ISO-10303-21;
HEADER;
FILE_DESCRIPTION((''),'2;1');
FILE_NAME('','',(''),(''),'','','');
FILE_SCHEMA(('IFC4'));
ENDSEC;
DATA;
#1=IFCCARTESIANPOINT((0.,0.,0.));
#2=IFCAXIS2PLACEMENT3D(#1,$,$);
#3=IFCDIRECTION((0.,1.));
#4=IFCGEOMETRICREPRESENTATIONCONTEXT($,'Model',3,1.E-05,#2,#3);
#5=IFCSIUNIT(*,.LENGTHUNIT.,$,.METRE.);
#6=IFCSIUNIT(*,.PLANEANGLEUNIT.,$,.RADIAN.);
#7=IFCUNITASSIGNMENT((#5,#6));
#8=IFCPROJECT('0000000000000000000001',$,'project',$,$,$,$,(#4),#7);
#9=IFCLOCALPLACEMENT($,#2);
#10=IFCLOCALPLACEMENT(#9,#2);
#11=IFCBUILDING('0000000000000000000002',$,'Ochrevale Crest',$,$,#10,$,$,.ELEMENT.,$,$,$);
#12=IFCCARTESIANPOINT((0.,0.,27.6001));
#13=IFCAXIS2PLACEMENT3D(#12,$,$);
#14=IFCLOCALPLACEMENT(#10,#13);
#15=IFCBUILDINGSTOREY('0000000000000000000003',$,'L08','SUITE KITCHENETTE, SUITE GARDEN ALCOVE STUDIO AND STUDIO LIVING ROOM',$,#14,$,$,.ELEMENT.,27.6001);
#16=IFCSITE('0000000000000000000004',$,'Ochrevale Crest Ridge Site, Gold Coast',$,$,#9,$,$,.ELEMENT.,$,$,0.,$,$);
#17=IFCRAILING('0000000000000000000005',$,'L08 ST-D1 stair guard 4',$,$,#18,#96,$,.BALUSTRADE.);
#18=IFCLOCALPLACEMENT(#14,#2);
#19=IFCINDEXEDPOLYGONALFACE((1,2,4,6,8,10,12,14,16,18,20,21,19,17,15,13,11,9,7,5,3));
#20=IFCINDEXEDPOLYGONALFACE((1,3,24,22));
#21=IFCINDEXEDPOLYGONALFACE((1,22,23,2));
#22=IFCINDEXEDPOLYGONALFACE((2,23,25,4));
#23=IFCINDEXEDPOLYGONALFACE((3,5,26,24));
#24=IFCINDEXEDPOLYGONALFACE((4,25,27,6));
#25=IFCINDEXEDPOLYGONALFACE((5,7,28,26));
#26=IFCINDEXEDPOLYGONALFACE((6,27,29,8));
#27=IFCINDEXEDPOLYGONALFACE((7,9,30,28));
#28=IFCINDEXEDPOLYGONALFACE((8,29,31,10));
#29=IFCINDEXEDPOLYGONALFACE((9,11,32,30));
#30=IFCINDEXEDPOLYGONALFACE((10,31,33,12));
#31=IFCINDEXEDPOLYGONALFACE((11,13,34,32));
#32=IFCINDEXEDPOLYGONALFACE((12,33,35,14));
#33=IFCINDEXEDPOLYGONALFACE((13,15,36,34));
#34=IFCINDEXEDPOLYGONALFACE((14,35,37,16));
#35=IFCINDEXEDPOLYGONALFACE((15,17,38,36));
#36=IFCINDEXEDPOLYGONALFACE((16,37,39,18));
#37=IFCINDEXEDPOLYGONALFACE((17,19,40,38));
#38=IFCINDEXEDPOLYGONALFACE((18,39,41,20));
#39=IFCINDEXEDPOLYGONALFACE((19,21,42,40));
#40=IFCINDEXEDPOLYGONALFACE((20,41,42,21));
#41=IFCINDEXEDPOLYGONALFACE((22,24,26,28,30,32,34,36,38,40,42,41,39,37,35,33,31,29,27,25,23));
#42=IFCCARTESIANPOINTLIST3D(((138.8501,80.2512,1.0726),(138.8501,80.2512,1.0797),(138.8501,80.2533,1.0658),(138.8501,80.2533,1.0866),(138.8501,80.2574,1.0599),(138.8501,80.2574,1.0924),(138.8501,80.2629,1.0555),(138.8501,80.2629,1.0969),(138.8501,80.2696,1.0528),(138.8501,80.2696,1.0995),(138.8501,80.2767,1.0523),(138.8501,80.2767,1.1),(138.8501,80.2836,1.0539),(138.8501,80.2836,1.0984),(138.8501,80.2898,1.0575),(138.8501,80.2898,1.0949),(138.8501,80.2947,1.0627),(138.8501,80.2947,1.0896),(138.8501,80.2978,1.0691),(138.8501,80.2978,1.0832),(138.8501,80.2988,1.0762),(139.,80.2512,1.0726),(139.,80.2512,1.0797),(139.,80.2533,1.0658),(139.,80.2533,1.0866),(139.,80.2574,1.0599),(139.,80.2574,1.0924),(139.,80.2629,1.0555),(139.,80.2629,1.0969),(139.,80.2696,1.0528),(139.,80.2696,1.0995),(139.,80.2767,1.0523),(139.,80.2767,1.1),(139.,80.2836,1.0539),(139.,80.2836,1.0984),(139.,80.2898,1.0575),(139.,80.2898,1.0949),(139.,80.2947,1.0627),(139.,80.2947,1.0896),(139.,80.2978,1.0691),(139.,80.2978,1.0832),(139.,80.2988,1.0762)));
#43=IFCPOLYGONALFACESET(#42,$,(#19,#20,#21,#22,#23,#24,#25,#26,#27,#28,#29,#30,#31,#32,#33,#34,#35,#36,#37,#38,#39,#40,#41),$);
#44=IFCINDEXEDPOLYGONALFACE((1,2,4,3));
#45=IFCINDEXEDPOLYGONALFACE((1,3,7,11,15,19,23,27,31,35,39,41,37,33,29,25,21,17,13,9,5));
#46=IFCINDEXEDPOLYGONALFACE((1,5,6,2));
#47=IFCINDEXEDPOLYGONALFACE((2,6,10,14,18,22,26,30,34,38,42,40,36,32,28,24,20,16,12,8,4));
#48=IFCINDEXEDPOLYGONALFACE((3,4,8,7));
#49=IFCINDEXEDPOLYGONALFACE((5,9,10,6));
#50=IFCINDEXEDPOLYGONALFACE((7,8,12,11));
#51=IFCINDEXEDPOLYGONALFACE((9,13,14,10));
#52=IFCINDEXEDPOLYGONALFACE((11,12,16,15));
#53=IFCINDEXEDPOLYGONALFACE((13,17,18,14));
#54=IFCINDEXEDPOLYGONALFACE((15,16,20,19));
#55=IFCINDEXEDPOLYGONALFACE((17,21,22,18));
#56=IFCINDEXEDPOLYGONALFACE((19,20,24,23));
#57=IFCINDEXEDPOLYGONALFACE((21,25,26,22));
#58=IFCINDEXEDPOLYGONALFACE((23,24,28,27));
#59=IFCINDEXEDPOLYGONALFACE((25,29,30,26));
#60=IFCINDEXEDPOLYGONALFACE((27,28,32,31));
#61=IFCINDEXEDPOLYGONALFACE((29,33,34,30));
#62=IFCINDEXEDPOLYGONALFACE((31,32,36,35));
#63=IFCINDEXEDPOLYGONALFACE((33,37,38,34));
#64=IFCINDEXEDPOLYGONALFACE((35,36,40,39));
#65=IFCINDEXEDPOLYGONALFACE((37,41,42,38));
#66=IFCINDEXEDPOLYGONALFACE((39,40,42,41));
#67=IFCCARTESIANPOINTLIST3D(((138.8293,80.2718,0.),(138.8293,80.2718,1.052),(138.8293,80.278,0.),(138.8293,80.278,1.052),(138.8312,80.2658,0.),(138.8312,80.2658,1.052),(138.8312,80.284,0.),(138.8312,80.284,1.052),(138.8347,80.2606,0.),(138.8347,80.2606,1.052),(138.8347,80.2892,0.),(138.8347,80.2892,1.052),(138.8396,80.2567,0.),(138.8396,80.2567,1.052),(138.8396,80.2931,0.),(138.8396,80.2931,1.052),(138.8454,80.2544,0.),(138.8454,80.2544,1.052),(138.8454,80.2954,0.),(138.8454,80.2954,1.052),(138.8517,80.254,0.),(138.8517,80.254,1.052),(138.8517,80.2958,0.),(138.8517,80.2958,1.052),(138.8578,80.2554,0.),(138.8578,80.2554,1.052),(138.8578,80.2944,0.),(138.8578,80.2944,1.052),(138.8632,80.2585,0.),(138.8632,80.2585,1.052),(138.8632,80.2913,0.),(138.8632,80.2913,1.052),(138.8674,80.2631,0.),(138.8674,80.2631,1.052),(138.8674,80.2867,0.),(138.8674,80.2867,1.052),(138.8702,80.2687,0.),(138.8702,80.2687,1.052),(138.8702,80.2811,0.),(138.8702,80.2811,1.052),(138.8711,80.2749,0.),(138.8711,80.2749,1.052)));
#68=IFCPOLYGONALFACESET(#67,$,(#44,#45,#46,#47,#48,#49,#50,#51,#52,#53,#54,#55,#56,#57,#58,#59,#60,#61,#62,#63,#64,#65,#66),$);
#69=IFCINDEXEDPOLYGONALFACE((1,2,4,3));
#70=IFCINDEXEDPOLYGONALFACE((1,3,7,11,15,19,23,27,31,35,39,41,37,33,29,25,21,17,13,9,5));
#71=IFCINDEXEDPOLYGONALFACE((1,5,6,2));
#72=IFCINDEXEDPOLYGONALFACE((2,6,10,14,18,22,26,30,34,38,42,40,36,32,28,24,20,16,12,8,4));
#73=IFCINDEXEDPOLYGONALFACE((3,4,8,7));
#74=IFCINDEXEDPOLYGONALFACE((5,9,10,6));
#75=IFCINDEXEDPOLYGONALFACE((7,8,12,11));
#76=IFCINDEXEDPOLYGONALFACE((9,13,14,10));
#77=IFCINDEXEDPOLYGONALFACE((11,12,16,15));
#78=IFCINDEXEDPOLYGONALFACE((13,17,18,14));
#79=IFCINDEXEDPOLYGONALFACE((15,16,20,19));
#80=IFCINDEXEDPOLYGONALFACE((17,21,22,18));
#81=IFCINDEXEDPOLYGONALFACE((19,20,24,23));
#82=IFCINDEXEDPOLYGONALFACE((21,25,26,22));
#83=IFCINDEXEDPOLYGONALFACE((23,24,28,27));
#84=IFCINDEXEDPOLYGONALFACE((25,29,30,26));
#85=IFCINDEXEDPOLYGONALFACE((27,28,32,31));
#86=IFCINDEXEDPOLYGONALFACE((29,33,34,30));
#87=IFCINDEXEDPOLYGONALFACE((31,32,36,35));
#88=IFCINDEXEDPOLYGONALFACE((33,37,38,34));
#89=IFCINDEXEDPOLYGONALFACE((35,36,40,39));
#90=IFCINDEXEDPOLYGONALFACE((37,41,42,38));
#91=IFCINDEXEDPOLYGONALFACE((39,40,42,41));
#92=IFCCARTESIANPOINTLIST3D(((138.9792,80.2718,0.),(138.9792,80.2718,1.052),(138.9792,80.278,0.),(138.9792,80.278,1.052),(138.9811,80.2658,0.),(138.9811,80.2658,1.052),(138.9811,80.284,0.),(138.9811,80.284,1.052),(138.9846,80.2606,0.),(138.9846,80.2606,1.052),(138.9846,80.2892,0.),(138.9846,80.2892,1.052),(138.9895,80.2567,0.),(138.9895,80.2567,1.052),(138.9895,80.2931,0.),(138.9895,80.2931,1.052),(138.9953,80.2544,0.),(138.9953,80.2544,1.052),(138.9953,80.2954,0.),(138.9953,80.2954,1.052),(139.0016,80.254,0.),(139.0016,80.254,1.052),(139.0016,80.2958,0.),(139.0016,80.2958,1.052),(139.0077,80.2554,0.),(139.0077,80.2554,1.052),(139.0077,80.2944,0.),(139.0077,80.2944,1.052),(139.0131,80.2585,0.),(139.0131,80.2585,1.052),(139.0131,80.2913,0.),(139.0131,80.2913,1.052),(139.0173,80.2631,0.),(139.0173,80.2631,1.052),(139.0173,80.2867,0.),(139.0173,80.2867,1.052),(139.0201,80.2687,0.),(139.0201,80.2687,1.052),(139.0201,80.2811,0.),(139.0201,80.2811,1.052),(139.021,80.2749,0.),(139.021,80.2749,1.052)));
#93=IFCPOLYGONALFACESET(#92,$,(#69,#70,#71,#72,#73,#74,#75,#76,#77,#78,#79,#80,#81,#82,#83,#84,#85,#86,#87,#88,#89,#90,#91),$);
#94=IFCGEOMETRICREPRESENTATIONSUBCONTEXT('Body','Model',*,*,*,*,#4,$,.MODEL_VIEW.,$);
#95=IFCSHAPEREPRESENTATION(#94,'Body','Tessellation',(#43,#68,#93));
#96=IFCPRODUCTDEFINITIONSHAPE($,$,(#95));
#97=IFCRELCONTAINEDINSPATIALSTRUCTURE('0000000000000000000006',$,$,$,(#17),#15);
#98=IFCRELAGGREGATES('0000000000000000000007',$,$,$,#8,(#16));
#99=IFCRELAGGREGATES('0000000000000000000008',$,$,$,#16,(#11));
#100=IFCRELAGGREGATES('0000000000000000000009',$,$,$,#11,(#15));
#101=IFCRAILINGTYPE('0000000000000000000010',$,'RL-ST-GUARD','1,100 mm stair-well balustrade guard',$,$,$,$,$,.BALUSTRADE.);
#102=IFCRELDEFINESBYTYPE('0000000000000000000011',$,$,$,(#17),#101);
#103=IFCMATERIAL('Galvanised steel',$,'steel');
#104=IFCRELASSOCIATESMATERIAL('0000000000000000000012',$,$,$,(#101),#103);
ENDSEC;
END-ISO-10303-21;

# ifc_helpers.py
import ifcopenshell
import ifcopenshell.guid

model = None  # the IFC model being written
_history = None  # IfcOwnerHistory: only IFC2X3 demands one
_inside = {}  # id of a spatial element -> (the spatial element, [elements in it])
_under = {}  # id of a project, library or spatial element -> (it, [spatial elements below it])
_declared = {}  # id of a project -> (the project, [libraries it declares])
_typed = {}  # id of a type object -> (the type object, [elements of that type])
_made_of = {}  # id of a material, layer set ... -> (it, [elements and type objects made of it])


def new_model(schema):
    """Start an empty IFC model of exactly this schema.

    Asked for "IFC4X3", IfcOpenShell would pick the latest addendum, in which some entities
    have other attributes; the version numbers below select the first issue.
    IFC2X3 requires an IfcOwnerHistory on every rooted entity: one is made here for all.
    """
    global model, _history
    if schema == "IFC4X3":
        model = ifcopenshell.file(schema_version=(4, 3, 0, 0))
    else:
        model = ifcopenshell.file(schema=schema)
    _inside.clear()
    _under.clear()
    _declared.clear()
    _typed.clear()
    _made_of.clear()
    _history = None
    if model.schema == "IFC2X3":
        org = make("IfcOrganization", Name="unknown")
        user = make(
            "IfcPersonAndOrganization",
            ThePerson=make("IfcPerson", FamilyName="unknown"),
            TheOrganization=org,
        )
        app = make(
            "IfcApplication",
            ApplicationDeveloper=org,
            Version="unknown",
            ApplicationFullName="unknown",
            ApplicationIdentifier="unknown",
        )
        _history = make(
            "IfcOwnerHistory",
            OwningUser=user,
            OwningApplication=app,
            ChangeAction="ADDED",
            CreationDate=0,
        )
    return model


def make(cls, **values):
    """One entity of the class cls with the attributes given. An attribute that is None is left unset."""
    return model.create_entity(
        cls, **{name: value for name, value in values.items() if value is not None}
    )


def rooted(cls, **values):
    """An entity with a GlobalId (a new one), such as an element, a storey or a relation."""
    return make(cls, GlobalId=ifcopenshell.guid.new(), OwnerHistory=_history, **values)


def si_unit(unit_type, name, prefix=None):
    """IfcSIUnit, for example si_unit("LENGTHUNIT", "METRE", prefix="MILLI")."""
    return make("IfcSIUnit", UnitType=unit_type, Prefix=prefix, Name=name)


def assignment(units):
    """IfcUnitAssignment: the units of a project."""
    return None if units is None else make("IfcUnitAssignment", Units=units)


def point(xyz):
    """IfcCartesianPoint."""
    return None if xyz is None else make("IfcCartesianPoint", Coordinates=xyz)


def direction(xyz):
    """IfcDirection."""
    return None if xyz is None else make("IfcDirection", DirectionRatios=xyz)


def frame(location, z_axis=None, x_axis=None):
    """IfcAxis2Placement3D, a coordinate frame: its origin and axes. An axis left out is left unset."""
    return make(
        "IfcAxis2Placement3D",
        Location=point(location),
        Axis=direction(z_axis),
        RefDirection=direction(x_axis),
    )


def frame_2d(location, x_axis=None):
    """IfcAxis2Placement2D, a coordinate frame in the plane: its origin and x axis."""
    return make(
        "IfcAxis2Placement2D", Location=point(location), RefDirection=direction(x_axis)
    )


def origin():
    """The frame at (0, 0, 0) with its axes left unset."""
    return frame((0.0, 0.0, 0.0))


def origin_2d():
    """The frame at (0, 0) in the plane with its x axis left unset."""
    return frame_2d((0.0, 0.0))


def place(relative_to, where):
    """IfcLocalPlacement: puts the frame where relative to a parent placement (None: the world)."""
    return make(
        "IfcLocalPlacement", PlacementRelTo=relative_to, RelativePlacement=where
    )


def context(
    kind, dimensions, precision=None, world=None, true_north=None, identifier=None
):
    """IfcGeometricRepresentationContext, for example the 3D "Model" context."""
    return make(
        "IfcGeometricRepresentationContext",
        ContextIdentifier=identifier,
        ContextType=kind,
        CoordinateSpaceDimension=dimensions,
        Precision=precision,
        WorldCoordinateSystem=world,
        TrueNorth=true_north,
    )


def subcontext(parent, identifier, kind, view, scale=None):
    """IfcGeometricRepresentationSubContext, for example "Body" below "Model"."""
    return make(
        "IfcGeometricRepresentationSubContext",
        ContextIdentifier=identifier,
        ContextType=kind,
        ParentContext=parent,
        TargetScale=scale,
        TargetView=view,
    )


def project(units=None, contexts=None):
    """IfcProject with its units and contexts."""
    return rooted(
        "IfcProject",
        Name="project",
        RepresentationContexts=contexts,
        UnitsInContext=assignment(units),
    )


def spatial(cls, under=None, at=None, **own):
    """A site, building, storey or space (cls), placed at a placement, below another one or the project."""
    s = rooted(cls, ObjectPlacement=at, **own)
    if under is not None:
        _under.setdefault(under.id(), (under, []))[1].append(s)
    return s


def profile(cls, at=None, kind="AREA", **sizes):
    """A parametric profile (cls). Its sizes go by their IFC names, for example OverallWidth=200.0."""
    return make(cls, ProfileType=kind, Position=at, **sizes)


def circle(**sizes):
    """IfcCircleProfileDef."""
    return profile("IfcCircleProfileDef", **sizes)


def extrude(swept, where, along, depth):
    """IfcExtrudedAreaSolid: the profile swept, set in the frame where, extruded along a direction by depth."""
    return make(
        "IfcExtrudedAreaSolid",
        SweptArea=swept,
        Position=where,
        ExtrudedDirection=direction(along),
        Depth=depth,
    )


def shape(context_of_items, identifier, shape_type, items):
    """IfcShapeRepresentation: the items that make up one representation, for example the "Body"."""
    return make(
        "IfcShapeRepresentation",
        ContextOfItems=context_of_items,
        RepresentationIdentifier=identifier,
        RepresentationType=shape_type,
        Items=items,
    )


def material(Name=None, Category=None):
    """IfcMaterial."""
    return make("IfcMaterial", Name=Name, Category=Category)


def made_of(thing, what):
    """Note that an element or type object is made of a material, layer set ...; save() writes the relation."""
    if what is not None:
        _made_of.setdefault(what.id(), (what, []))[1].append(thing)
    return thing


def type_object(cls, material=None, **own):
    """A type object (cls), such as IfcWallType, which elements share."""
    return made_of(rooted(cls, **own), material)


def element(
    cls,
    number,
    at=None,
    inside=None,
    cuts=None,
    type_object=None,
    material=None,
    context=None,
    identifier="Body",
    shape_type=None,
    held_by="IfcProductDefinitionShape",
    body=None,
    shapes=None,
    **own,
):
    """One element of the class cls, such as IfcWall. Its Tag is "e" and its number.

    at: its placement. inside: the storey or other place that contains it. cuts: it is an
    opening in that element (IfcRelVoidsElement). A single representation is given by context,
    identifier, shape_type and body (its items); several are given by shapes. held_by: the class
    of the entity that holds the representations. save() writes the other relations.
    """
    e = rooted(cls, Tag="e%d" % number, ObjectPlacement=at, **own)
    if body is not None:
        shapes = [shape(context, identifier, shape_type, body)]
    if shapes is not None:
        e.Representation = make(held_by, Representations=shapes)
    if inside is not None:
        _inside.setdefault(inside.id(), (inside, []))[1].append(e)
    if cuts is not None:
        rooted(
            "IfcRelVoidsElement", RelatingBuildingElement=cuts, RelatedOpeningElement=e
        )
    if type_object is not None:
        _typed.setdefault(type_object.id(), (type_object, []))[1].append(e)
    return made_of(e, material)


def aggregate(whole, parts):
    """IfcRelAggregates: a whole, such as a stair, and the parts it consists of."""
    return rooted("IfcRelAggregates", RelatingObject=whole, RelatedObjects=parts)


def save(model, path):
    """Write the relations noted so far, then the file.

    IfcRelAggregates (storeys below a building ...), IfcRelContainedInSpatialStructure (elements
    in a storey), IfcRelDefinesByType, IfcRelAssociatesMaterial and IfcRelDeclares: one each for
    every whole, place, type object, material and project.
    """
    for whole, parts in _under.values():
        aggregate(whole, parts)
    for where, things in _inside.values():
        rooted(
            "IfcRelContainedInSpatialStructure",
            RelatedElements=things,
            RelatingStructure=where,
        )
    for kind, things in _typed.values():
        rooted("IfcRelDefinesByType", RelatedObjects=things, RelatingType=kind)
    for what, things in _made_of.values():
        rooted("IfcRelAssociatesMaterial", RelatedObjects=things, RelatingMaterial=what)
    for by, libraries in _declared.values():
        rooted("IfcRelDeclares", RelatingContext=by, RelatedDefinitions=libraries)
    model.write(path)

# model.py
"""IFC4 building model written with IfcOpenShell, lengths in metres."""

from ifc_helpers import new_model, si_unit, direction, frame, origin, origin_2d, place, context, subcontext, project, spatial, circle, extrude, material, type_object, element, save


model = new_model("IFC4")

# Units and contexts
model_context = context("Model", 3, precision=1e-05, world=origin(), true_north=direction((0.0, 1.0)))
body_context = subcontext(model_context, "Body", "Model", "MODEL_VIEW")
ifc_project = project(units=[si_unit("LENGTHUNIT", "METRE"), si_unit("PLANEANGLEUNIT", "RADIAN")], contexts=[model_context])

# Site, building, storey
site_placement = place(None, origin())
site = spatial("IfcSite", under=ifc_project, at=site_placement, Name="Ochrevale Crest Ridge Site, Gold Coast", CompositionType="ELEMENT", RefElevation=0.0)
building_placement = place(site_placement, origin())
building = spatial("IfcBuilding", under=site, at=building_placement, Name="Ochrevale Crest", CompositionType="ELEMENT")
storey_placement = place(building_placement, frame((0.0, 0.0, 27.6001)))
storey = spatial("IfcBuildingStorey", under=building, at=storey_placement, Name="L08", Description="SUITE KITCHENETTE, SUITE GARDEN ALCOVE STUDIO AND STUDIO LIVING ROOM", CompositionType="ELEMENT", Elevation=27.6001)

# Railing
ifc_material_1 = material(Name="Galvanised steel", Category="steel")
railing_type_1 = type_object("IfcRailingType", Name="RL-ST-GUARD", Description="1,100 mm stair-well balustrade guard", PredefinedType="BALUSTRADE", material=ifc_material_1)
railing_1_placement = place(storey_placement, frame((138.8501, 80.2749, 0.0)))
element("IfcRailing", 1, at=railing_1_placement, inside=storey, type_object=railing_type_1, Name="L08 ST-D1 stair guard 4", PredefinedType="BALUSTRADE", context=body_context, shape_type="SweptSolid", body=[
    extrude(circle(Radius=0.0239, at=origin_2d()), frame((0.0, 0.0, 1.0762), z_axis=(1.0, 0.0, 0.0), x_axis=(0.0, 1.0, 0.0)), (0.0, 0.0, 1.0), 0.1499),
    extrude(circle(Radius=0.021, at=origin_2d()), origin(), (0.0, 0.0, 1.0), 1.052),
    extrude(circle(Radius=0.021, at=origin_2d()), frame((0.1499, 0.0, 0.0)), (0.0, 0.0, 1.0), 1.052),
])

save(model, "model.ifc")
